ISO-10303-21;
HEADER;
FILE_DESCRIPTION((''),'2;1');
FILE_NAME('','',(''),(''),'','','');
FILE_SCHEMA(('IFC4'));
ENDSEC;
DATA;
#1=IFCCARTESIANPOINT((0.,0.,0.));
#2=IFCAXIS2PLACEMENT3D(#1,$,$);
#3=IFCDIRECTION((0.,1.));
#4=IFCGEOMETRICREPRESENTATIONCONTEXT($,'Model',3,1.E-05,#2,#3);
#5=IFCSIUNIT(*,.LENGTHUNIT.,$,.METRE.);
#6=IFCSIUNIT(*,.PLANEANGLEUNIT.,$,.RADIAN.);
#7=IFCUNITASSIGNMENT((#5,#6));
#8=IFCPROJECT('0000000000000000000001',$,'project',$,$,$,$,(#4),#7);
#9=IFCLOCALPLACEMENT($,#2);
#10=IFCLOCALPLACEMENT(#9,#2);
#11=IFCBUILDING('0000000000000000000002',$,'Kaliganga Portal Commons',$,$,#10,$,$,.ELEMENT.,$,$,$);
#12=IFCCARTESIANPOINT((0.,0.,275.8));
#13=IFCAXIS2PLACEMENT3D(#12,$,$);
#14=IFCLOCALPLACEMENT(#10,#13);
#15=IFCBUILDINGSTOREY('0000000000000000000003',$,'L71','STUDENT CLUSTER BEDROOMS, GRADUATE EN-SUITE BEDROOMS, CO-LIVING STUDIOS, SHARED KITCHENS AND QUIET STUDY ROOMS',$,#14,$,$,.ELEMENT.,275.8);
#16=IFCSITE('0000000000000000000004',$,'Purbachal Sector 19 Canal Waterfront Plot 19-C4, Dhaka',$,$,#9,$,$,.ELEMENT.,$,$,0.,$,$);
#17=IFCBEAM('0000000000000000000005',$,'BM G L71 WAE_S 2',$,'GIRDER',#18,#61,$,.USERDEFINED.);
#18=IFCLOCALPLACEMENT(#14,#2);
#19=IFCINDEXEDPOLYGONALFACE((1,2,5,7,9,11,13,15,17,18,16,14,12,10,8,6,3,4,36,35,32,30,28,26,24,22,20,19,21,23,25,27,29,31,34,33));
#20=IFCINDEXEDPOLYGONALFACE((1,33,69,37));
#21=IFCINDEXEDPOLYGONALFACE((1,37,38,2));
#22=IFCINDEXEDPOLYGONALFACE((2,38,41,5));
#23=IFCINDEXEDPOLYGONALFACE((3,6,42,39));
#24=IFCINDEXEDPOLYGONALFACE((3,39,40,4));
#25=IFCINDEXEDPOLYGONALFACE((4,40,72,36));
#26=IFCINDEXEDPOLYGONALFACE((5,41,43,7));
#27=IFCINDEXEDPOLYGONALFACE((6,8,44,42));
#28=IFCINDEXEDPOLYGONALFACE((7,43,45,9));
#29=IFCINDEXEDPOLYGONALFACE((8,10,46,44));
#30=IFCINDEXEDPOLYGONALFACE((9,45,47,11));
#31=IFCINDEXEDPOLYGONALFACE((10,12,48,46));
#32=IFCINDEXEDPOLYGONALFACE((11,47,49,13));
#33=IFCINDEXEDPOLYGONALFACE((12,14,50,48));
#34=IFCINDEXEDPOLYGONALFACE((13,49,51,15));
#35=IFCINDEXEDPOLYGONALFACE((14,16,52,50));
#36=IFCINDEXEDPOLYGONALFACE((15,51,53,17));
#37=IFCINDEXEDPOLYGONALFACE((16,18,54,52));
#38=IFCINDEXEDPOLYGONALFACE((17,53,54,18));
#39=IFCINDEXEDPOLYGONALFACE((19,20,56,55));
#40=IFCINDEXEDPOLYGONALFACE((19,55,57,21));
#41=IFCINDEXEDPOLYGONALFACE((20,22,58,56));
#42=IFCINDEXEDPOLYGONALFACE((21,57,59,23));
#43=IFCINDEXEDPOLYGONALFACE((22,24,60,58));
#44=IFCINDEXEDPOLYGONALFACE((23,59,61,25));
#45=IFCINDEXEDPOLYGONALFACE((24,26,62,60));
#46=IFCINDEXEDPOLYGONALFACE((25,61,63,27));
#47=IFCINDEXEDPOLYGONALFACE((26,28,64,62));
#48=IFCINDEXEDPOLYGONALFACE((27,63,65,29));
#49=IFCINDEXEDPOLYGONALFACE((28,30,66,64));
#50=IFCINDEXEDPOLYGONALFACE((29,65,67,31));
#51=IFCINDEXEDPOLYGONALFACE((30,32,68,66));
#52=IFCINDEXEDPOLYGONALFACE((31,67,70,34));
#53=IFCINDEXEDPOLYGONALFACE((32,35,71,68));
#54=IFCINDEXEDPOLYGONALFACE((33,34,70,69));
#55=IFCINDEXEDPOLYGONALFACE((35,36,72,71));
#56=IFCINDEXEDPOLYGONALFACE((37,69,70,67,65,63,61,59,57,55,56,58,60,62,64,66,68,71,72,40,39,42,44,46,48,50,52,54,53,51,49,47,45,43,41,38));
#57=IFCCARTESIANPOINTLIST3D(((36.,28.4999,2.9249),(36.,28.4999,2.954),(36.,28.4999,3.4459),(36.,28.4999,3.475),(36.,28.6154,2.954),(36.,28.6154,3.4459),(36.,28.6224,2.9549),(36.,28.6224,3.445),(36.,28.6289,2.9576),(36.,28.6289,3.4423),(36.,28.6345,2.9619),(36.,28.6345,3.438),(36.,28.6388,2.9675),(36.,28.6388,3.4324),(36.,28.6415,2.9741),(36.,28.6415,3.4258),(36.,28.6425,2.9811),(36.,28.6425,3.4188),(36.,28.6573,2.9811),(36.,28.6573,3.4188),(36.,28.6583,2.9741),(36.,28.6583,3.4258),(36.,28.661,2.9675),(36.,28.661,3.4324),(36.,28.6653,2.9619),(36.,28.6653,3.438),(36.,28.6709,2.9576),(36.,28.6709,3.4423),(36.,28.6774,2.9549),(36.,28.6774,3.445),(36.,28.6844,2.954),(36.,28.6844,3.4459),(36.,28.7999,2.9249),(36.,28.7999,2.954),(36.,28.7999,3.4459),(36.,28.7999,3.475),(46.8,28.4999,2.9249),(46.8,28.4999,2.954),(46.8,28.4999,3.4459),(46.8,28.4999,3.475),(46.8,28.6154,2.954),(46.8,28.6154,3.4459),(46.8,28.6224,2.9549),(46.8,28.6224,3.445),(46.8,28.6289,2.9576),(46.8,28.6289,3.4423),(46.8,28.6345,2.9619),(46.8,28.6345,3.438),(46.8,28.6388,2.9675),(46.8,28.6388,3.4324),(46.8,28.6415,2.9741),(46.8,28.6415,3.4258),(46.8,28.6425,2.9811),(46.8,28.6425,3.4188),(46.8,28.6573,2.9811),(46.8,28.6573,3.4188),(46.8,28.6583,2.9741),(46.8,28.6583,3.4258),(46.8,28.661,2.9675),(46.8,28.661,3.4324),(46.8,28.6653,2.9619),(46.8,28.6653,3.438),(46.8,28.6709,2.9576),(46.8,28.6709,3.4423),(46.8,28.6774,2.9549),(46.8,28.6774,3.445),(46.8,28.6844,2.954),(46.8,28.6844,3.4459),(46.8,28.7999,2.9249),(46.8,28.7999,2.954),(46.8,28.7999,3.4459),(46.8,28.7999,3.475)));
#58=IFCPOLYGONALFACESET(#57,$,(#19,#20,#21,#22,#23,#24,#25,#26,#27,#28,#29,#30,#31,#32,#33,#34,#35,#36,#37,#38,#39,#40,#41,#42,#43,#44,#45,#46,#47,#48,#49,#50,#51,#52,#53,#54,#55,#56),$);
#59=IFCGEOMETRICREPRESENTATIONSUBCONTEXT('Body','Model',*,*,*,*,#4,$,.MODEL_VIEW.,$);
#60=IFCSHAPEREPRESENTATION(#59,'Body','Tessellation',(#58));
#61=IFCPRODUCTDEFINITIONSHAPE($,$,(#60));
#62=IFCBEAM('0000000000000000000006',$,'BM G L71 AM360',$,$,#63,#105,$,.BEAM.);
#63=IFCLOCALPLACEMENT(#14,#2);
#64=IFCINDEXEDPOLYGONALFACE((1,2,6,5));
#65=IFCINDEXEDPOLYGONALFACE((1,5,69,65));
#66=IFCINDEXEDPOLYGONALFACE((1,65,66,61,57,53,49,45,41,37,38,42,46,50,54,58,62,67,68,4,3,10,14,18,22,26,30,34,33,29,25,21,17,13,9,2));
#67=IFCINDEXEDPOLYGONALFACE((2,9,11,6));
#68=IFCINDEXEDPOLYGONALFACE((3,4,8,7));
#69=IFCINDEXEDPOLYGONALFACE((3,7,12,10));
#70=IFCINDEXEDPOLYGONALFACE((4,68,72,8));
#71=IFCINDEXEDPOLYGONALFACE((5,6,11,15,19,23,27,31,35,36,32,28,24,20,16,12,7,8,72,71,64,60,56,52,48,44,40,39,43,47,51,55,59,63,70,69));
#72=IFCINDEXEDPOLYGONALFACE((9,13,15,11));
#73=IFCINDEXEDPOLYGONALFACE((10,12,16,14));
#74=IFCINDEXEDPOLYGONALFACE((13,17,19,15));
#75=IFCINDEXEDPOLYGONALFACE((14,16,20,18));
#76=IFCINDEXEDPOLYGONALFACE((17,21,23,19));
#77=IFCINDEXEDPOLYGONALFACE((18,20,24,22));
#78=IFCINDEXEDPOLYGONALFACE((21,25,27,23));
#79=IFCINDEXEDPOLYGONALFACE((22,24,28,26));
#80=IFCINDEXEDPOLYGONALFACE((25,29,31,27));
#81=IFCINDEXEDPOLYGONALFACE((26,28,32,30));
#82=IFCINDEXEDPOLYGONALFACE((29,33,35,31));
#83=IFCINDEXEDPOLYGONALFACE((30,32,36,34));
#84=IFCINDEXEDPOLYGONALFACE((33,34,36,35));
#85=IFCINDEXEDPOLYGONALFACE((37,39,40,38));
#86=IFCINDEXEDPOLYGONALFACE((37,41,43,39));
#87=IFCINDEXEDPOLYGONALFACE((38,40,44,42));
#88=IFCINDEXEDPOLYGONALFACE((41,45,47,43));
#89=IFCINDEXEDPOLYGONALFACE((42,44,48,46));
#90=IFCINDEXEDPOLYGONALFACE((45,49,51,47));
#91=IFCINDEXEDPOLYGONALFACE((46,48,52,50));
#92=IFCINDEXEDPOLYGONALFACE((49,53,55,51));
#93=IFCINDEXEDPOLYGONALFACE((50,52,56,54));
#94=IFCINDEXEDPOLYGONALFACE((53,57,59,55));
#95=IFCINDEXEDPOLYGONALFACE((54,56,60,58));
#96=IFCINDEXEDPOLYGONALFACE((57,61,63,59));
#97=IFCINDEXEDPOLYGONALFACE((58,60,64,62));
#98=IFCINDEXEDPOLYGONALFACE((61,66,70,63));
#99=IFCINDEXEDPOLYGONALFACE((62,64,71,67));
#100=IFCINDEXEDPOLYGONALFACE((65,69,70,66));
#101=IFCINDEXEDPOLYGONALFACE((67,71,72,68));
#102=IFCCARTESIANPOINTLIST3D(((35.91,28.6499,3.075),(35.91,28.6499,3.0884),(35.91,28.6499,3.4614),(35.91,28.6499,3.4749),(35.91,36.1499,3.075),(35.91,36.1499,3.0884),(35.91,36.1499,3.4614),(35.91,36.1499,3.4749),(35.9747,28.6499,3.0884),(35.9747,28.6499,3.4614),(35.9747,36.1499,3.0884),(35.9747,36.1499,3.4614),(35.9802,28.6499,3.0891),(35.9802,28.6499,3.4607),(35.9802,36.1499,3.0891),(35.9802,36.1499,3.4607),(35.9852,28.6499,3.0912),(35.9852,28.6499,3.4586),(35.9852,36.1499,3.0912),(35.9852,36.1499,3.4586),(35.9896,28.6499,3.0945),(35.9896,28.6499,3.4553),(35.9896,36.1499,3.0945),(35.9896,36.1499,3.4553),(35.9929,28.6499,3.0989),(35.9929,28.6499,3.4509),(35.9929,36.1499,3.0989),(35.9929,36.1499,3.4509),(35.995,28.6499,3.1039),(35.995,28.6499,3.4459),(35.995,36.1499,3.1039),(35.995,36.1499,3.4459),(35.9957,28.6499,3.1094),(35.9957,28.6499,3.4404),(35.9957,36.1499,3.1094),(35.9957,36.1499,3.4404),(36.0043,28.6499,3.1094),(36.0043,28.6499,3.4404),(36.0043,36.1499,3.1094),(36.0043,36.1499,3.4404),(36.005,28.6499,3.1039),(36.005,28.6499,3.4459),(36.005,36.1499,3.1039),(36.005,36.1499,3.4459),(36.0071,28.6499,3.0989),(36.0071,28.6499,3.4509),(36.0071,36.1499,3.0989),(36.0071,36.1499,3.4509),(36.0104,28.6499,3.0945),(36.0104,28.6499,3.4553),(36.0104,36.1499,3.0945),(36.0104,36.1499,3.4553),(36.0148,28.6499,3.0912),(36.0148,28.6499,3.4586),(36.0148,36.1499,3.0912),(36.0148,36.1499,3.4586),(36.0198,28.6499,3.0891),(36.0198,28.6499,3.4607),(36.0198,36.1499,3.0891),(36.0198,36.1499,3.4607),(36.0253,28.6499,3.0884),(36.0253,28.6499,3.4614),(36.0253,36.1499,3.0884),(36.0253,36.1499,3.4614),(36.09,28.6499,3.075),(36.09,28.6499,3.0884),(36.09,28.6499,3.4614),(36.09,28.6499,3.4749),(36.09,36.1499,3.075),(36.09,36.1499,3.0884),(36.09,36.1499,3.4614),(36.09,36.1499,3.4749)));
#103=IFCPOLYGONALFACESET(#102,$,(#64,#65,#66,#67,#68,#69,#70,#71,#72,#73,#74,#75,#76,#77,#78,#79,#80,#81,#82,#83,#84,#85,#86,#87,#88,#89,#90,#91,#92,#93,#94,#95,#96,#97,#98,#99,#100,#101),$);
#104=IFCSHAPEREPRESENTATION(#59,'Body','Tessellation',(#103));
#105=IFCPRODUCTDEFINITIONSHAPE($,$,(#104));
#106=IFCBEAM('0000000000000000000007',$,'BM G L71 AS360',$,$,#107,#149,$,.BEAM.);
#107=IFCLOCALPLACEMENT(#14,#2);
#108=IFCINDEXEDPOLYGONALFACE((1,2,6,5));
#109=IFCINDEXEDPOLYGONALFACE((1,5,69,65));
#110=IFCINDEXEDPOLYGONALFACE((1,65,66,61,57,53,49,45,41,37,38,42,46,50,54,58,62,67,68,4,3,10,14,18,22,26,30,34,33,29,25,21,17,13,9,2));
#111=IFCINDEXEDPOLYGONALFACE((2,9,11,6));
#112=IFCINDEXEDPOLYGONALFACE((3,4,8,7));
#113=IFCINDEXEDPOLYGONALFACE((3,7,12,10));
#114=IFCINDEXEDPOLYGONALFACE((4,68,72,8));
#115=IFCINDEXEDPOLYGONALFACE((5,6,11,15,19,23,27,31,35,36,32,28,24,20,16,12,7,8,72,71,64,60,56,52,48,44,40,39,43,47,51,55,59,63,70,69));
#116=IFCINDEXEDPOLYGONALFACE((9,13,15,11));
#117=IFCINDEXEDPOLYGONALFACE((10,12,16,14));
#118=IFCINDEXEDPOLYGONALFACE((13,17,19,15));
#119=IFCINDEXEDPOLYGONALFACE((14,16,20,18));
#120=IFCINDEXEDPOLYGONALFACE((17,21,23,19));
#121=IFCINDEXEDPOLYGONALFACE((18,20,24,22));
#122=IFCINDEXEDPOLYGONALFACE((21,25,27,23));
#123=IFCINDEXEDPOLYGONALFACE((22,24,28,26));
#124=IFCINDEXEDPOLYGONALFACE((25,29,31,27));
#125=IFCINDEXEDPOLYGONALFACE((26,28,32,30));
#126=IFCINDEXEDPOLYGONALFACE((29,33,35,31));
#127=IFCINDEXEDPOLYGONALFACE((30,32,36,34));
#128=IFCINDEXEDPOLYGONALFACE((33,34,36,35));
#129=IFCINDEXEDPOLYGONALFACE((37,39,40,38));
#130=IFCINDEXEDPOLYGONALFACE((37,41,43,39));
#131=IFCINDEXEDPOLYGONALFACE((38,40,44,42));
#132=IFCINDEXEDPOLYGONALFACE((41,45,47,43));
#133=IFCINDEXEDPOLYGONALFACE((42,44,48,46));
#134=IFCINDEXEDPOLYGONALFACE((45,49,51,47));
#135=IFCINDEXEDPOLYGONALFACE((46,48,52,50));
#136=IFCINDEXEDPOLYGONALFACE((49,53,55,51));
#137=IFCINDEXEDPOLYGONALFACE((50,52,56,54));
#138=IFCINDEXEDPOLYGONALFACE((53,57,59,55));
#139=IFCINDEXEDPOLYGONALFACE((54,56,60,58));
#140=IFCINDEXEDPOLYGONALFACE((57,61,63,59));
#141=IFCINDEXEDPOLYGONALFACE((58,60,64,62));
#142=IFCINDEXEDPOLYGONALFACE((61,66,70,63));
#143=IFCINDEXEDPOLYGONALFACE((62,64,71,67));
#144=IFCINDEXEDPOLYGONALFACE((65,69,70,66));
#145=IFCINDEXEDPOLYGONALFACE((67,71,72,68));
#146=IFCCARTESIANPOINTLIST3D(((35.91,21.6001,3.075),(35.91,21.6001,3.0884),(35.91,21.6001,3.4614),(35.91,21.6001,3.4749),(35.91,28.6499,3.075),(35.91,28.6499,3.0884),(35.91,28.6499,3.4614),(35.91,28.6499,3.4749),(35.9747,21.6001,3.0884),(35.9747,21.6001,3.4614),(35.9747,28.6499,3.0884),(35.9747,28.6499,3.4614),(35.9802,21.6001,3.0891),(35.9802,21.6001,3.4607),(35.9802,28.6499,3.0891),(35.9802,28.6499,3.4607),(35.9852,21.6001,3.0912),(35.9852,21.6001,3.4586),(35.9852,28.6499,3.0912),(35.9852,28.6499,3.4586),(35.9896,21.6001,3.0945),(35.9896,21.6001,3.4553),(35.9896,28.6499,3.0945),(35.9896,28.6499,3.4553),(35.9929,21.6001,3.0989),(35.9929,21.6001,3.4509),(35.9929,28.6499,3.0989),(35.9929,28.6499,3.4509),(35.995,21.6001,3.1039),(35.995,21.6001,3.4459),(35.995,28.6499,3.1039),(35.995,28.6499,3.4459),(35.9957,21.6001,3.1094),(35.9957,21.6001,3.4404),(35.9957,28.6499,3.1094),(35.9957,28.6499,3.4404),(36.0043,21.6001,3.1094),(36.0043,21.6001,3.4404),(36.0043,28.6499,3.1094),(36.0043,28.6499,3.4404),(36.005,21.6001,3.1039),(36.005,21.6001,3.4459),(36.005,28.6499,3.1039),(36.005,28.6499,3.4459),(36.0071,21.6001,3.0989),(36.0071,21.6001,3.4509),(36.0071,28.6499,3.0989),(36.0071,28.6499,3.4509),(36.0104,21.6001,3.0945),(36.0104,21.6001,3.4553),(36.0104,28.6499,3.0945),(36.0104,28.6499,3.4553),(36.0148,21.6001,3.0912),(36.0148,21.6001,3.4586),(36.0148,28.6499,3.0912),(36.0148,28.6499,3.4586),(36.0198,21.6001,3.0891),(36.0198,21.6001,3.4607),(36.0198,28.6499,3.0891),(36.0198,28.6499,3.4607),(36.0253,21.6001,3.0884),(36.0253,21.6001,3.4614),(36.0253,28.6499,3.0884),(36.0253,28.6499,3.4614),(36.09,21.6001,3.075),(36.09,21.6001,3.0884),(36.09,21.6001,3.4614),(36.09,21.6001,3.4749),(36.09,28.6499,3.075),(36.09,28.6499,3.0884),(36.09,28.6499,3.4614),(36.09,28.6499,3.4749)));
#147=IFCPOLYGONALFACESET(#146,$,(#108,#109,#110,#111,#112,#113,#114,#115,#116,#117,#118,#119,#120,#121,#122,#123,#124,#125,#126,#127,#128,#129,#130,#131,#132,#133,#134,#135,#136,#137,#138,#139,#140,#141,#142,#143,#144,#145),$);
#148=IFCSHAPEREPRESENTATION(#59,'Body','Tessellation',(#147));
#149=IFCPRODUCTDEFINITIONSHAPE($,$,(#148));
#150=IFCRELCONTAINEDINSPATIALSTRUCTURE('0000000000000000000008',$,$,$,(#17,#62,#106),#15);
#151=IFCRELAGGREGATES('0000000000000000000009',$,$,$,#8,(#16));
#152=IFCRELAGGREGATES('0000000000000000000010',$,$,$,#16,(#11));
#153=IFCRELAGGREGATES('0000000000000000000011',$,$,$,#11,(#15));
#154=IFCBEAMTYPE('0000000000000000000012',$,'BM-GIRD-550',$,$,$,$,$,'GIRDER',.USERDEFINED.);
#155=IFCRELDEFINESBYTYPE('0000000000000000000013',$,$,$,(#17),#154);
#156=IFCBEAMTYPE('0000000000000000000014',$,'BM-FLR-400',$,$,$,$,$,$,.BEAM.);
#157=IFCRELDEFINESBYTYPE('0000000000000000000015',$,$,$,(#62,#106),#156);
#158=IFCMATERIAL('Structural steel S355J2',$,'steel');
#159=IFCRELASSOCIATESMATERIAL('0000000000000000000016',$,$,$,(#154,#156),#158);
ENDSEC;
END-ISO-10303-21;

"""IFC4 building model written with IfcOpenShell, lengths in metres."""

from ifc_helpers import new_model, si_unit, direction, frame, origin, origin_2d, place, context, subcontext, project, spatial, i_section, extrude, source, transform, mapped, material, material_profile, profile_set, type_object, element, save


model = new_model("IFC4")

# Units and contexts
model_context = context("Model", 3, precision=1e-05, world=origin(), true_north=direction((0.0, 1.0)))
body_context = subcontext(model_context, "Body", "Model", "MODEL_VIEW")
ifc_project = project(units=[si_unit("LENGTHUNIT", "METRE"), si_unit("PLANEANGLEUNIT", "RADIAN")], contexts=[model_context])

# Site, building, storey
site_placement = place(None, origin())
site = spatial("IfcSite", under=ifc_project, at=site_placement, Name="Purbachal Sector 19 Canal Waterfront Plot 19-C4, Dhaka", CompositionType="ELEMENT", RefElevation=0.0)
building_placement = place(site_placement, origin())
building = spatial("IfcBuilding", under=site, at=building_placement, Name="Kaliganga Portal Commons", CompositionType="ELEMENT")
storey_placement = place(building_placement, frame((0.0, 0.0, 275.8)))
storey = spatial("IfcBuildingStorey", under=building, at=storey_placement, Name="L71", Description="STUDENT CLUSTER BEDROOMS, GRADUATE EN-SUITE BEDROOMS, CO-LIVING STUDIOS, SHARED KITCHENS AND QUIET STUDY ROOMS", CompositionType="ELEMENT", Elevation=275.8)

# Shared definitions
ifc_material_1 = material(Name="Structural steel S355J2", Category="steel")

# Beams
ifc_material_profile_1 = material_profile(ifc_material_1, i_section(OverallWidth=0.3, OverallDepth=0.55, WebThickness=0.0149, FlangeThickness=0.0291, FilletRadius=0.0271, at=origin_2d()), Name="HE 550 B")
ifc_profile_set_1 = profile_set([ifc_material_profile_1], Name="Structural steel S355J2 wide-flange")
beam_type_1 = type_object("IfcBeamType", Name="BM-GIRD-550", ElementType="GIRDER", PredefinedType="USERDEFINED", material=ifc_profile_set_1)
shared_shape_1 = source(origin(), body_context, "Body", "SweptSolid", [
    extrude(i_section(OverallWidth=0.3, OverallDepth=0.55, WebThickness=0.0149, FlangeThickness=0.0291, FilletRadius=0.0271, at=origin_2d()), origin(), (0.0, 0.0, 1.0), 10.8),
])
beam_1_placement = place(storey_placement, frame((36.0, 28.6499, 3.2), z_axis=(1.0, 0.0, 0.0), x_axis=(0.0, 1.0, 0.0)))
element("IfcBeam", 1, at=beam_1_placement, inside=storey, type_object=beam_type_1, Name="BM G L71 WAE_S 2", ObjectType="GIRDER", PredefinedType="USERDEFINED", context=body_context, shape_type="MappedRepresentation", body=[
    mapped(shared_shape_1, transform((0.0, 0.0, 0.0), x_axis=(1.0, 0.0, 0.0), y_axis=(0.0, 1.0, 0.0), z_axis=(0.0, 0.0, 1.0), scale=1.0)),
])
ifc_material_profile_2 = material_profile(ifc_material_1, i_section(OverallWidth=0.1799, OverallDepth=0.3999, WebThickness=0.0085, FlangeThickness=0.0134, FilletRadius=0.021, at=origin_2d()), Name="IPE 400")
ifc_profile_set_2 = profile_set([ifc_material_profile_2], Name="Structural steel S355J2 wide-flange")
beam_type_2 = type_object("IfcBeamType", Name="BM-FLR-400", PredefinedType="BEAM", material=ifc_profile_set_2)
shared_shape_2 = source(origin(), body_context, "Body", "SweptSolid", [
    extrude(i_section(OverallWidth=0.1799, OverallDepth=0.3999, WebThickness=0.0085, FlangeThickness=0.0134, FilletRadius=0.021, at=origin_2d()), origin(), (0.0, 0.0, 1.0), 7.5),
])
beam_2_placement = place(storey_placement, frame((36.0, 28.6499, 3.2749), z_axis=(0.0, 1.0, 0.0), x_axis=(-1.0, 0.0, 0.0)))
element("IfcBeam", 2, at=beam_2_placement, inside=storey, type_object=beam_type_2, Name="BM G L71 AM360", PredefinedType="BEAM", context=body_context, shape_type="MappedRepresentation", body=[
    mapped(shared_shape_2, transform((0.0, 0.0, 0.0), x_axis=(1.0, 0.0, 0.0), y_axis=(0.0, 1.0, 0.0), z_axis=(0.0, 0.0, 1.0), scale=1.0)),
])
shared_shape_3 = source(origin(), body_context, "Body", "SweptSolid", [
    extrude(i_section(OverallWidth=0.1799, OverallDepth=0.3999, WebThickness=0.0085, FlangeThickness=0.0134, FilletRadius=0.021, at=origin_2d()), origin(), (0.0, 0.0, 1.0), 7.0498),
])
beam_3_placement = place(storey_placement, frame((36.0, 21.6001, 3.2749), z_axis=(0.0, 1.0, 0.0), x_axis=(-1.0, 0.0, 0.0)))
element("IfcBeam", 3, at=beam_3_placement, inside=storey, type_object=beam_type_2, Name="BM G L71 AS360", PredefinedType="BEAM", context=body_context, shape_type="MappedRepresentation", body=[
    mapped(shared_shape_3, transform((0.0, 0.0, 0.0), x_axis=(1.0, 0.0, 0.0), y_axis=(0.0, 1.0, 0.0), z_axis=(0.0, 0.0, 1.0), scale=1.0)),
])

save(model, "model.ifc")
